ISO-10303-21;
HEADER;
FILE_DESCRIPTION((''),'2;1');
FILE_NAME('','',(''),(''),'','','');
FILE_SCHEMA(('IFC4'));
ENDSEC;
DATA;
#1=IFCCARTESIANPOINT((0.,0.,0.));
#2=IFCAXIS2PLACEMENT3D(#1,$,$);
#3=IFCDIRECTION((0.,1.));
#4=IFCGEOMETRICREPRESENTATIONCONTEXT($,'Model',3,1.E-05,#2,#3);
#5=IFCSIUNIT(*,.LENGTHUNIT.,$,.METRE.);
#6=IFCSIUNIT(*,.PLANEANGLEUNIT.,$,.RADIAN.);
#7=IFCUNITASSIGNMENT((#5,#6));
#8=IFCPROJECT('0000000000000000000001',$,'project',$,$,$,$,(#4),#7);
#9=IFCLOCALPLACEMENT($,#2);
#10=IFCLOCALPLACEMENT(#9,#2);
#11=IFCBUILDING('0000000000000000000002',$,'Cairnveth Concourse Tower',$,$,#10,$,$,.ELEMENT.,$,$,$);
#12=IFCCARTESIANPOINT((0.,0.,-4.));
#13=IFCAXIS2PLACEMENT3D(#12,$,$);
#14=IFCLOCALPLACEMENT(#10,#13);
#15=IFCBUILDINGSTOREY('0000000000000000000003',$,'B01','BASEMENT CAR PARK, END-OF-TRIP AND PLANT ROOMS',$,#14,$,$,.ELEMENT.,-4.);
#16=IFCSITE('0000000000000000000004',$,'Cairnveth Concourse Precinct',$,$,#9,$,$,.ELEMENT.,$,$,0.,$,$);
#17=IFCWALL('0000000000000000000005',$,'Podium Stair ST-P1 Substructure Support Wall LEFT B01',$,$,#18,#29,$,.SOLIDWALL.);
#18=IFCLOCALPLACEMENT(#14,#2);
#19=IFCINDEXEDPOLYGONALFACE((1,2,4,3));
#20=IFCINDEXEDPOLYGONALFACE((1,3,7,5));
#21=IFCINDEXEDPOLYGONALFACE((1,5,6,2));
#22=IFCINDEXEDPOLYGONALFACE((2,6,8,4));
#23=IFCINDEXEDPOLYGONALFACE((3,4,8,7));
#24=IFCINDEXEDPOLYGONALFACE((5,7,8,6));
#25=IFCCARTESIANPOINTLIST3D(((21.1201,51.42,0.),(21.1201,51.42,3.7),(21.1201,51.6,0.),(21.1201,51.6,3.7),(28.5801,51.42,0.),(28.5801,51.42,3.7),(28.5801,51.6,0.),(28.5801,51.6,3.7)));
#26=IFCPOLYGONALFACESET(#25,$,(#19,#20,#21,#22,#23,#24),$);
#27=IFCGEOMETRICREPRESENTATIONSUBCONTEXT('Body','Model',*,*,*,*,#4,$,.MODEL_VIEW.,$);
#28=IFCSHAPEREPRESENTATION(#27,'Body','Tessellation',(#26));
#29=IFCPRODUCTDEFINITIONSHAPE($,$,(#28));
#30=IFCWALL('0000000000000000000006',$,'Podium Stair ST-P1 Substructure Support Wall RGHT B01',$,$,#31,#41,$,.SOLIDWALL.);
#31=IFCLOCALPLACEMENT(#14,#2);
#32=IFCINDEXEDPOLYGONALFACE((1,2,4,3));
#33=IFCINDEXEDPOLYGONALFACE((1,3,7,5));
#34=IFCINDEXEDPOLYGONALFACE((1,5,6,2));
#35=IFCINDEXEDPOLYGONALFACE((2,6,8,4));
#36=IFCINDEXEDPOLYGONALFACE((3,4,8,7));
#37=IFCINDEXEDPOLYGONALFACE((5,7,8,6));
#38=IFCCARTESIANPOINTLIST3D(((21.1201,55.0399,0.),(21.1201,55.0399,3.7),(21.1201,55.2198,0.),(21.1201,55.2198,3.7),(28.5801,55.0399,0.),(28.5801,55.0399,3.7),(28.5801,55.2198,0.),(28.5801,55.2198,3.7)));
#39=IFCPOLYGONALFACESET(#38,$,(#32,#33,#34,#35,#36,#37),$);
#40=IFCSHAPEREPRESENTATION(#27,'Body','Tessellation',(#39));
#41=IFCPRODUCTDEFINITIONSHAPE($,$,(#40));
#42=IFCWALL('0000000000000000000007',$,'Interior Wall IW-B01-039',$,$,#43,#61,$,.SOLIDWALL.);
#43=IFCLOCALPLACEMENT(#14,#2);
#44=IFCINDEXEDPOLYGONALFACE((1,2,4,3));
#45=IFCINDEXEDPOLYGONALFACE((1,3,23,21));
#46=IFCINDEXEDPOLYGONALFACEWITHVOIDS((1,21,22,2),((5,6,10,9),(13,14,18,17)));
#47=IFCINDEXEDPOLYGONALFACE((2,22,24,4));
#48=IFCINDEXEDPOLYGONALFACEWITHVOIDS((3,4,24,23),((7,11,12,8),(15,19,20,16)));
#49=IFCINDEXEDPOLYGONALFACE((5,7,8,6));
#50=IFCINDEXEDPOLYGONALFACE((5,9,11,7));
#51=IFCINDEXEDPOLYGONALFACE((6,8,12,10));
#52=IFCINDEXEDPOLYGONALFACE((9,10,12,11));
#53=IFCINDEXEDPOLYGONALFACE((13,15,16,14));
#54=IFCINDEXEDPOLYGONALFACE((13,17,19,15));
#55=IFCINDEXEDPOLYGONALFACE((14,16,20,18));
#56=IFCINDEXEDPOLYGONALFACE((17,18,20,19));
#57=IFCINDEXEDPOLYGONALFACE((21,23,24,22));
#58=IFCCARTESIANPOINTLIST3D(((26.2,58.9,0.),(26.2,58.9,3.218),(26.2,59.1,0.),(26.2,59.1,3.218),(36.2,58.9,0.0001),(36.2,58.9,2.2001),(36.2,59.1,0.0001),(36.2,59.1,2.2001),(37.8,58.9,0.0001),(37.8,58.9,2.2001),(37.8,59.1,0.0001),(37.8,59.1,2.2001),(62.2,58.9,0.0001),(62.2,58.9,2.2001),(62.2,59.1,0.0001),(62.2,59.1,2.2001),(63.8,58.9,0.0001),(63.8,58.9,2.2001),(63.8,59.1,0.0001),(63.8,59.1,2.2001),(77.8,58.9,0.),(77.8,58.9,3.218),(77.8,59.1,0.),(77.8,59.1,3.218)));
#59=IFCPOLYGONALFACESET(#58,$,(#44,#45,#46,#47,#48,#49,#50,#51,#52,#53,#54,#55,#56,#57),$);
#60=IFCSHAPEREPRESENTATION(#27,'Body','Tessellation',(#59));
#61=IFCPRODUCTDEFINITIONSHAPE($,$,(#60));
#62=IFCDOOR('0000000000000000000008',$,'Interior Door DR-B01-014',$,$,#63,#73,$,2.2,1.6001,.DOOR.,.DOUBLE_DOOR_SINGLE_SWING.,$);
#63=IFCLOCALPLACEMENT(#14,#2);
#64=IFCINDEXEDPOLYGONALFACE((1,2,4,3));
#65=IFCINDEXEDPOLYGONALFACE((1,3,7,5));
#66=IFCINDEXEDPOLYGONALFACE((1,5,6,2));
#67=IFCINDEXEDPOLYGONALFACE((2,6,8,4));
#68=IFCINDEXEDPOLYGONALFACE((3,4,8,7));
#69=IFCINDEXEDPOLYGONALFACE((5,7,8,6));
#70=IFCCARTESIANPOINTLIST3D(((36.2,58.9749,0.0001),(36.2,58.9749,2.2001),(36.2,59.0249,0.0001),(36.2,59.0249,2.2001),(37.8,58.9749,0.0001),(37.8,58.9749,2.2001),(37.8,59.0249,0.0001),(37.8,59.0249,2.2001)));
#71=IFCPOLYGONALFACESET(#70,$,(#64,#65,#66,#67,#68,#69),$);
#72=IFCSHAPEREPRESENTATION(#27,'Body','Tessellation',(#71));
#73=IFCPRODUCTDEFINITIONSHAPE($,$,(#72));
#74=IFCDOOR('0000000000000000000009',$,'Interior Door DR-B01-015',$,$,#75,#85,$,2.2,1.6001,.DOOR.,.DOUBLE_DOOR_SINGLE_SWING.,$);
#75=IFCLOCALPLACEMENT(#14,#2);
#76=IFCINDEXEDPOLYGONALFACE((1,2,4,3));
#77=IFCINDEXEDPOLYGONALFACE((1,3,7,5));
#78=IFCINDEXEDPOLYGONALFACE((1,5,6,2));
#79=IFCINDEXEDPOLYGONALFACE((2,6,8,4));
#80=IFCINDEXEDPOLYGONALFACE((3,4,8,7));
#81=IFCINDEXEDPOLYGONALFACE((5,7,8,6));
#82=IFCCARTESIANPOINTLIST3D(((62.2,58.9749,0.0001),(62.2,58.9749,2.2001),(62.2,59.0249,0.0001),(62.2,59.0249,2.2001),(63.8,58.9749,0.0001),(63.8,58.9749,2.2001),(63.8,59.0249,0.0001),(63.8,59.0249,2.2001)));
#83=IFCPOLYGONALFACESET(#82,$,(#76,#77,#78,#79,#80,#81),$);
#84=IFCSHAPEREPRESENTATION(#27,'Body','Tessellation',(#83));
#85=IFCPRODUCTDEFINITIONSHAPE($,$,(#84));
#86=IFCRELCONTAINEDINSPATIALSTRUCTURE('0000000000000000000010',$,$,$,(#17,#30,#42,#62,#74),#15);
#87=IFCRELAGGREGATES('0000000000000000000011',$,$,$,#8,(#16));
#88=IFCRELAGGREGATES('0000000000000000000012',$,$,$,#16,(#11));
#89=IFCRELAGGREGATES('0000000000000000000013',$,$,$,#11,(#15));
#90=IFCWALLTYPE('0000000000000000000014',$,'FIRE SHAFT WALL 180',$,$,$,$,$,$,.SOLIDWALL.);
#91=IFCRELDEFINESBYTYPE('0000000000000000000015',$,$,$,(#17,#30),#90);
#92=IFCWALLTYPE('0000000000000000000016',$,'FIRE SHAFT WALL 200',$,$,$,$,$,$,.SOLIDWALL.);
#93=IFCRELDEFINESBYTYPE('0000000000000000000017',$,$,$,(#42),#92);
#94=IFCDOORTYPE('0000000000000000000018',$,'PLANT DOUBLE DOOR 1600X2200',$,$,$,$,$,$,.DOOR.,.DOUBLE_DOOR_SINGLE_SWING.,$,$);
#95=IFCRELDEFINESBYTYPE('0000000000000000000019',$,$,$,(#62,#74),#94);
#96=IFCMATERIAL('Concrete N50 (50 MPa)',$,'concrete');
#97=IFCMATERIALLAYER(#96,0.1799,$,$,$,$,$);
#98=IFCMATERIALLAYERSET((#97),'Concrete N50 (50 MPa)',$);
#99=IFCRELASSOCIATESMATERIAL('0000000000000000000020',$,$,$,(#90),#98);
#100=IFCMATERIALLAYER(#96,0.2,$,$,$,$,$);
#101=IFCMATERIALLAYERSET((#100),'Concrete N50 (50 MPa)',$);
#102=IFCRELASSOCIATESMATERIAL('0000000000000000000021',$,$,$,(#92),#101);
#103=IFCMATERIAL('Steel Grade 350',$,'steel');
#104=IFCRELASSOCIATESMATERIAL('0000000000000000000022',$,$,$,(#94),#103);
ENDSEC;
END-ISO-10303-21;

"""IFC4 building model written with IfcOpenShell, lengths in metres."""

from ifc_helpers import new_model, si_unit, direction, frame, frame_2d, origin, place, context, subcontext, project, spatial, rectangle, extrude, material, layer, layer_set, type_object, element, fill, save


model = new_model("IFC4")

# Units and contexts
model_context = context("Model", 3, precision=1e-05, world=origin(), true_north=direction((0.0, 1.0)))
body_context = subcontext(model_context, "Body", "Model", "MODEL_VIEW")
ifc_project = project(units=[si_unit("LENGTHUNIT", "METRE"), si_unit("PLANEANGLEUNIT", "RADIAN")], contexts=[model_context])

# Site, building, storey
site_placement = place(None, origin())
site = spatial("IfcSite", under=ifc_project, at=site_placement, Name="Cairnveth Concourse Precinct", CompositionType="ELEMENT", RefElevation=0.0)
building_placement = place(site_placement, origin())
building = spatial("IfcBuilding", under=site, at=building_placement, Name="Cairnveth Concourse Tower", CompositionType="ELEMENT")
storey_placement = place(building_placement, frame((0.0, 0.0, -4.0)))
storey = spatial("IfcBuildingStorey", under=building, at=storey_placement, Name="B01", Description="BASEMENT CAR PARK, END-OF-TRIP AND PLANT ROOMS", CompositionType="ELEMENT", Elevation=-4.0)

# Shared definitions
ifc_material_1 = material(Name="Steel Grade 350", Category="steel")

# Walls
ifc_material_2 = material(Name="Concrete N50 (50 MPa)", Category="concrete")
ifc_layer_1 = layer(ifc_material_2, 0.1799)
ifc_layer_set_1 = layer_set([ifc_layer_1], Name="Concrete N50 (50 MPa)")
wall_type_1 = type_object("IfcWallType", Name="FIRE SHAFT WALL 180", PredefinedType="SOLIDWALL", material=ifc_layer_set_1)
for number, where, z_axis, x_axis, name in (
    (1, (21.1201, 51.51, 0.0), (0.0, 0.0, 1.0), (1.0, 0.0, 0.0), "Podium Stair ST-P1 Substructure Support Wall LEFT B01"),
    (2, (21.1201, 55.1299, 0.0), (0.0, 0.0, 1.0), (1.0, 0.0, 0.0), "Podium Stair ST-P1 Substructure Support Wall RGHT B01"),
):
    element("IfcWall", number, at=place(storey_placement, frame(where, z_axis=z_axis, x_axis=x_axis)), inside=storey, type_object=wall_type_1, Name=name, PredefinedType="SOLIDWALL", context=body_context, shape_type="SweptSolid", body=[
        extrude(rectangle(XDim=7.46, YDim=0.1799, at=frame_2d((3.73, 0.0))), origin(), (0.0, 0.0, 1.0), 3.7),
    ])

# Wall, openings, doors
ifc_layer_2 = layer(ifc_material_2, 0.2)
ifc_layer_set_2 = layer_set([ifc_layer_2], Name="Concrete N50 (50 MPa)")
wall_type_2 = type_object("IfcWallType", Name="FIRE SHAFT WALL 200", PredefinedType="SOLIDWALL", material=ifc_layer_set_2)
wall_1_placement = place(storey_placement, frame((26.2, 59.0, 0.0), z_axis=(0.0, 0.0, 1.0), x_axis=(1.0, 0.0, 0.0)))
wall_1 = element("IfcWall", 3, at=wall_1_placement, inside=storey, type_object=wall_type_2, Name="Interior Wall IW-B01-039", PredefinedType="SOLIDWALL", context=body_context, shape_type="SweptSolid", body=[
    extrude(rectangle(XDim=51.6001, YDim=0.2, at=frame_2d((25.8, 0.0))), origin(), (0.0, 0.0, 1.0), 3.218),
])
opening_1_placement = place(wall_1_placement, frame((10.0, 0.0, 0.0)))
opening_1 = element("IfcOpeningElement", 4, at=opening_1_placement, cuts=wall_1, PredefinedType="OPENING", context=body_context, shape_type="SweptSolid", body=[
    extrude(rectangle(XDim=1.6001, YDim=2.2, at=frame_2d((0.8, 1.1001))), frame((0.0, 0.1099, 0.0), z_axis=(0.0, -1.0, 0.0), x_axis=(1.0, 0.0, 0.0)), (0.0, 0.0, 1.0), 0.22),
])
opening_2_placement = place(wall_1_placement, frame((36.0, 0.0, 0.0)))
opening_2 = element("IfcOpeningElement", 5, at=opening_2_placement, cuts=wall_1, PredefinedType="OPENING", context=body_context, shape_type="SweptSolid", body=[
    extrude(rectangle(XDim=1.6001, YDim=2.2, at=frame_2d((0.8, 1.1001))), frame((0.0, 0.1099, 0.0), z_axis=(0.0, -1.0, 0.0), x_axis=(1.0, 0.0, 0.0)), (0.0, 0.0, 1.0), 0.22),
])
door_type = type_object("IfcDoorType", Name="PLANT DOUBLE DOOR 1600X2200", OperationType="DOUBLE_DOOR_SINGLE_SWING", PredefinedType="DOOR", material=ifc_material_1)
door_1_placement = place(opening_1_placement, origin())
door_1 = element("IfcDoor", 6, at=door_1_placement, inside=storey, type_object=door_type, Name="Interior Door DR-B01-014", OperationType="DOUBLE_DOOR_SINGLE_SWING", OverallHeight=2.2, OverallWidth=1.6001, PredefinedType="DOOR", context=body_context, shape_type="SweptSolid", body=[
    extrude(rectangle(XDim=1.6001, YDim=2.2, at=frame_2d((0.8, 1.1001))), frame((0.0, 0.0249, 0.0), z_axis=(0.0, -1.0, 0.0), x_axis=(1.0, 0.0, 0.0)), (0.0, 0.0, 1.0), 0.05),
])
fill(opening_1, door_1)
door_2_placement = place(opening_2_placement, origin())
door_2 = element("IfcDoor", 7, at=door_2_placement, inside=storey, type_object=door_type, Name="Interior Door DR-B01-015", OperationType="DOUBLE_DOOR_SINGLE_SWING", OverallHeight=2.2, OverallWidth=1.6001, PredefinedType="DOOR", context=body_context, shape_type="SweptSolid", body=[
    extrude(rectangle(XDim=1.6001, YDim=2.2, at=frame_2d((0.8, 1.1001))), frame((0.0, 0.0249, 0.0), z_axis=(0.0, -1.0, 0.0), x_axis=(1.0, 0.0, 0.0)), (0.0, 0.0, 1.0), 0.05),
])
fill(opening_2, door_2)

save(model, "model.ifc")
